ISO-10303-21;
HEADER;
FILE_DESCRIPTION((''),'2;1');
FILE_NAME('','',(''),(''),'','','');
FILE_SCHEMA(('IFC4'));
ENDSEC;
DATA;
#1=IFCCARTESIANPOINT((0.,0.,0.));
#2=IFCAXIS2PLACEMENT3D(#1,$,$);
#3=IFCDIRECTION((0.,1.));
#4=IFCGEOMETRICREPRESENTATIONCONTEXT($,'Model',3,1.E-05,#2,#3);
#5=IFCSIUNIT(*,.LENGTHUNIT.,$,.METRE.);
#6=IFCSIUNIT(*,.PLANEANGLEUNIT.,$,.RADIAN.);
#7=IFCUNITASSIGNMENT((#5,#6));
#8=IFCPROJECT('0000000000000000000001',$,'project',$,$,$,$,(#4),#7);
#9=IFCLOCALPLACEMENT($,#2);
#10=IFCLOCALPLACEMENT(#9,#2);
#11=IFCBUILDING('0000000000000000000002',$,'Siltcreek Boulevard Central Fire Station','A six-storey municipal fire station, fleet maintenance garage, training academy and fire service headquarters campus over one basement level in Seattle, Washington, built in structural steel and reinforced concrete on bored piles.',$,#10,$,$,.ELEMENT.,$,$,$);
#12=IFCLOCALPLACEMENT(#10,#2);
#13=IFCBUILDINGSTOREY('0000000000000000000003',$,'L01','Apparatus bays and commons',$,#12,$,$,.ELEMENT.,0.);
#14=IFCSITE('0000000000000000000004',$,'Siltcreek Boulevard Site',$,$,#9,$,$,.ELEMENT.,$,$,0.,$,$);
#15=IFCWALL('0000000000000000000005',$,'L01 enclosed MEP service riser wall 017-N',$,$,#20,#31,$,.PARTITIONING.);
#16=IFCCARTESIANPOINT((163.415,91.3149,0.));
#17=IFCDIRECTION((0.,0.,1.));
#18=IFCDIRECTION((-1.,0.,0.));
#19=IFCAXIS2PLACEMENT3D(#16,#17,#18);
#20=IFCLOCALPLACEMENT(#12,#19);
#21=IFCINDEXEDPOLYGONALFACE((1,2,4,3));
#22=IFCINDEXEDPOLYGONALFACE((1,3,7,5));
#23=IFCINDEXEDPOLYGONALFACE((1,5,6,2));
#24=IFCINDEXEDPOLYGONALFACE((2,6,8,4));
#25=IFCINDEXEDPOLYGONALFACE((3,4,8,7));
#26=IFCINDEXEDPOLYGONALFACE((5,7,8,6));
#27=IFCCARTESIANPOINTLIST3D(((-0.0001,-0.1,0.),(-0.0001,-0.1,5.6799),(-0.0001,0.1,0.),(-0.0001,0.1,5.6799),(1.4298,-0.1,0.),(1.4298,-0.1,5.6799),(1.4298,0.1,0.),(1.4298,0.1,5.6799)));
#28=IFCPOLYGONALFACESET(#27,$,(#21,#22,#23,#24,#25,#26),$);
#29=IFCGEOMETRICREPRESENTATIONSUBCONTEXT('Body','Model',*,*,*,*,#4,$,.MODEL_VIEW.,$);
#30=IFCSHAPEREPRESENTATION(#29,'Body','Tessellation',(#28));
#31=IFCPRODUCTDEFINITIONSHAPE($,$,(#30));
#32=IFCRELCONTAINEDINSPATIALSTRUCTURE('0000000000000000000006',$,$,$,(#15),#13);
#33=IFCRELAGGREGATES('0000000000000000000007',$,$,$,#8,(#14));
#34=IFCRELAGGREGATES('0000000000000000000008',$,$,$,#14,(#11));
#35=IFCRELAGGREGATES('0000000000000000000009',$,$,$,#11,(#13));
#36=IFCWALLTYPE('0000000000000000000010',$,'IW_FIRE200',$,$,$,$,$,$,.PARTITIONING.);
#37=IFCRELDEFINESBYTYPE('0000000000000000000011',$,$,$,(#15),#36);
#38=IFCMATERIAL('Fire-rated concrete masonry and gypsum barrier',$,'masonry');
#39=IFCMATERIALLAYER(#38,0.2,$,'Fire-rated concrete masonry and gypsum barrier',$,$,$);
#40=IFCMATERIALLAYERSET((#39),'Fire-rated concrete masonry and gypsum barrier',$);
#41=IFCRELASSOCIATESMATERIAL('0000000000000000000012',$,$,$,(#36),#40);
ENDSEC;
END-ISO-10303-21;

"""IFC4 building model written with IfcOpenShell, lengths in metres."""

from ifc_helpers import new_model, si_unit, direction, frame, frame_2d, origin, place, context, subcontext, project, spatial, rectangle, extrude, material, layer, layer_set, type_object, element, save


model = new_model("IFC4")

# Units and contexts
model_context = context("Model", 3, precision=1e-05, world=origin(), true_north=direction((0.0, 1.0)))
body_context = subcontext(model_context, "Body", "Model", "MODEL_VIEW")
ifc_project = project(units=[si_unit("LENGTHUNIT", "METRE"), si_unit("PLANEANGLEUNIT", "RADIAN")], contexts=[model_context])

# Site, building, storey
site_placement = place(None, origin())
site = spatial("IfcSite", under=ifc_project, at=site_placement, Name="Siltcreek Boulevard Site", CompositionType="ELEMENT", RefElevation=0.0)
building_placement = place(site_placement, origin())
building = spatial("IfcBuilding", under=site, at=building_placement, Name="Siltcreek Boulevard Central Fire Station", Description="A six-storey municipal fire station, fleet maintenance garage, training academy and fire service headquarters campus over one basement level in Seattle, Washington, built in structural steel and reinforced concrete on bored piles.", CompositionType="ELEMENT")
storey_placement = place(building_placement, origin())
storey = spatial("IfcBuildingStorey", under=building, at=storey_placement, Name="L01", Description="Apparatus bays and commons", CompositionType="ELEMENT", Elevation=0.0)

# Wall
ifc_material_1 = material(Name="Fire-rated concrete masonry and gypsum barrier", Category="masonry")
ifc_layer_1 = layer(ifc_material_1, 0.2, Name="Fire-rated concrete masonry and gypsum barrier")
ifc_layer_set_1 = layer_set([ifc_layer_1], Name="Fire-rated concrete masonry and gypsum barrier")
wall_type_1 = type_object("IfcWallType", Name="IW_FIRE200", PredefinedType="PARTITIONING", material=ifc_layer_set_1)
wall_1_placement = place(storey_placement, frame((163.415, 91.3149, 0.0), z_axis=(0.0, 0.0, 1.0), x_axis=(-1.0, 0.0, 0.0)))
element("IfcWall", 1, at=wall_1_placement, inside=storey, type_object=wall_type_1, Name="L01 enclosed MEP service riser wall 017-N", PredefinedType="PARTITIONING", context=body_context, shape_type="SweptSolid", body=[
    extrude(rectangle(XDim=1.4299, YDim=0.2, at=frame_2d((0.7148, 0.0))), origin(), (0.0, 0.0, 1.0), 5.6799),
])

save(model, "model.ifc")
